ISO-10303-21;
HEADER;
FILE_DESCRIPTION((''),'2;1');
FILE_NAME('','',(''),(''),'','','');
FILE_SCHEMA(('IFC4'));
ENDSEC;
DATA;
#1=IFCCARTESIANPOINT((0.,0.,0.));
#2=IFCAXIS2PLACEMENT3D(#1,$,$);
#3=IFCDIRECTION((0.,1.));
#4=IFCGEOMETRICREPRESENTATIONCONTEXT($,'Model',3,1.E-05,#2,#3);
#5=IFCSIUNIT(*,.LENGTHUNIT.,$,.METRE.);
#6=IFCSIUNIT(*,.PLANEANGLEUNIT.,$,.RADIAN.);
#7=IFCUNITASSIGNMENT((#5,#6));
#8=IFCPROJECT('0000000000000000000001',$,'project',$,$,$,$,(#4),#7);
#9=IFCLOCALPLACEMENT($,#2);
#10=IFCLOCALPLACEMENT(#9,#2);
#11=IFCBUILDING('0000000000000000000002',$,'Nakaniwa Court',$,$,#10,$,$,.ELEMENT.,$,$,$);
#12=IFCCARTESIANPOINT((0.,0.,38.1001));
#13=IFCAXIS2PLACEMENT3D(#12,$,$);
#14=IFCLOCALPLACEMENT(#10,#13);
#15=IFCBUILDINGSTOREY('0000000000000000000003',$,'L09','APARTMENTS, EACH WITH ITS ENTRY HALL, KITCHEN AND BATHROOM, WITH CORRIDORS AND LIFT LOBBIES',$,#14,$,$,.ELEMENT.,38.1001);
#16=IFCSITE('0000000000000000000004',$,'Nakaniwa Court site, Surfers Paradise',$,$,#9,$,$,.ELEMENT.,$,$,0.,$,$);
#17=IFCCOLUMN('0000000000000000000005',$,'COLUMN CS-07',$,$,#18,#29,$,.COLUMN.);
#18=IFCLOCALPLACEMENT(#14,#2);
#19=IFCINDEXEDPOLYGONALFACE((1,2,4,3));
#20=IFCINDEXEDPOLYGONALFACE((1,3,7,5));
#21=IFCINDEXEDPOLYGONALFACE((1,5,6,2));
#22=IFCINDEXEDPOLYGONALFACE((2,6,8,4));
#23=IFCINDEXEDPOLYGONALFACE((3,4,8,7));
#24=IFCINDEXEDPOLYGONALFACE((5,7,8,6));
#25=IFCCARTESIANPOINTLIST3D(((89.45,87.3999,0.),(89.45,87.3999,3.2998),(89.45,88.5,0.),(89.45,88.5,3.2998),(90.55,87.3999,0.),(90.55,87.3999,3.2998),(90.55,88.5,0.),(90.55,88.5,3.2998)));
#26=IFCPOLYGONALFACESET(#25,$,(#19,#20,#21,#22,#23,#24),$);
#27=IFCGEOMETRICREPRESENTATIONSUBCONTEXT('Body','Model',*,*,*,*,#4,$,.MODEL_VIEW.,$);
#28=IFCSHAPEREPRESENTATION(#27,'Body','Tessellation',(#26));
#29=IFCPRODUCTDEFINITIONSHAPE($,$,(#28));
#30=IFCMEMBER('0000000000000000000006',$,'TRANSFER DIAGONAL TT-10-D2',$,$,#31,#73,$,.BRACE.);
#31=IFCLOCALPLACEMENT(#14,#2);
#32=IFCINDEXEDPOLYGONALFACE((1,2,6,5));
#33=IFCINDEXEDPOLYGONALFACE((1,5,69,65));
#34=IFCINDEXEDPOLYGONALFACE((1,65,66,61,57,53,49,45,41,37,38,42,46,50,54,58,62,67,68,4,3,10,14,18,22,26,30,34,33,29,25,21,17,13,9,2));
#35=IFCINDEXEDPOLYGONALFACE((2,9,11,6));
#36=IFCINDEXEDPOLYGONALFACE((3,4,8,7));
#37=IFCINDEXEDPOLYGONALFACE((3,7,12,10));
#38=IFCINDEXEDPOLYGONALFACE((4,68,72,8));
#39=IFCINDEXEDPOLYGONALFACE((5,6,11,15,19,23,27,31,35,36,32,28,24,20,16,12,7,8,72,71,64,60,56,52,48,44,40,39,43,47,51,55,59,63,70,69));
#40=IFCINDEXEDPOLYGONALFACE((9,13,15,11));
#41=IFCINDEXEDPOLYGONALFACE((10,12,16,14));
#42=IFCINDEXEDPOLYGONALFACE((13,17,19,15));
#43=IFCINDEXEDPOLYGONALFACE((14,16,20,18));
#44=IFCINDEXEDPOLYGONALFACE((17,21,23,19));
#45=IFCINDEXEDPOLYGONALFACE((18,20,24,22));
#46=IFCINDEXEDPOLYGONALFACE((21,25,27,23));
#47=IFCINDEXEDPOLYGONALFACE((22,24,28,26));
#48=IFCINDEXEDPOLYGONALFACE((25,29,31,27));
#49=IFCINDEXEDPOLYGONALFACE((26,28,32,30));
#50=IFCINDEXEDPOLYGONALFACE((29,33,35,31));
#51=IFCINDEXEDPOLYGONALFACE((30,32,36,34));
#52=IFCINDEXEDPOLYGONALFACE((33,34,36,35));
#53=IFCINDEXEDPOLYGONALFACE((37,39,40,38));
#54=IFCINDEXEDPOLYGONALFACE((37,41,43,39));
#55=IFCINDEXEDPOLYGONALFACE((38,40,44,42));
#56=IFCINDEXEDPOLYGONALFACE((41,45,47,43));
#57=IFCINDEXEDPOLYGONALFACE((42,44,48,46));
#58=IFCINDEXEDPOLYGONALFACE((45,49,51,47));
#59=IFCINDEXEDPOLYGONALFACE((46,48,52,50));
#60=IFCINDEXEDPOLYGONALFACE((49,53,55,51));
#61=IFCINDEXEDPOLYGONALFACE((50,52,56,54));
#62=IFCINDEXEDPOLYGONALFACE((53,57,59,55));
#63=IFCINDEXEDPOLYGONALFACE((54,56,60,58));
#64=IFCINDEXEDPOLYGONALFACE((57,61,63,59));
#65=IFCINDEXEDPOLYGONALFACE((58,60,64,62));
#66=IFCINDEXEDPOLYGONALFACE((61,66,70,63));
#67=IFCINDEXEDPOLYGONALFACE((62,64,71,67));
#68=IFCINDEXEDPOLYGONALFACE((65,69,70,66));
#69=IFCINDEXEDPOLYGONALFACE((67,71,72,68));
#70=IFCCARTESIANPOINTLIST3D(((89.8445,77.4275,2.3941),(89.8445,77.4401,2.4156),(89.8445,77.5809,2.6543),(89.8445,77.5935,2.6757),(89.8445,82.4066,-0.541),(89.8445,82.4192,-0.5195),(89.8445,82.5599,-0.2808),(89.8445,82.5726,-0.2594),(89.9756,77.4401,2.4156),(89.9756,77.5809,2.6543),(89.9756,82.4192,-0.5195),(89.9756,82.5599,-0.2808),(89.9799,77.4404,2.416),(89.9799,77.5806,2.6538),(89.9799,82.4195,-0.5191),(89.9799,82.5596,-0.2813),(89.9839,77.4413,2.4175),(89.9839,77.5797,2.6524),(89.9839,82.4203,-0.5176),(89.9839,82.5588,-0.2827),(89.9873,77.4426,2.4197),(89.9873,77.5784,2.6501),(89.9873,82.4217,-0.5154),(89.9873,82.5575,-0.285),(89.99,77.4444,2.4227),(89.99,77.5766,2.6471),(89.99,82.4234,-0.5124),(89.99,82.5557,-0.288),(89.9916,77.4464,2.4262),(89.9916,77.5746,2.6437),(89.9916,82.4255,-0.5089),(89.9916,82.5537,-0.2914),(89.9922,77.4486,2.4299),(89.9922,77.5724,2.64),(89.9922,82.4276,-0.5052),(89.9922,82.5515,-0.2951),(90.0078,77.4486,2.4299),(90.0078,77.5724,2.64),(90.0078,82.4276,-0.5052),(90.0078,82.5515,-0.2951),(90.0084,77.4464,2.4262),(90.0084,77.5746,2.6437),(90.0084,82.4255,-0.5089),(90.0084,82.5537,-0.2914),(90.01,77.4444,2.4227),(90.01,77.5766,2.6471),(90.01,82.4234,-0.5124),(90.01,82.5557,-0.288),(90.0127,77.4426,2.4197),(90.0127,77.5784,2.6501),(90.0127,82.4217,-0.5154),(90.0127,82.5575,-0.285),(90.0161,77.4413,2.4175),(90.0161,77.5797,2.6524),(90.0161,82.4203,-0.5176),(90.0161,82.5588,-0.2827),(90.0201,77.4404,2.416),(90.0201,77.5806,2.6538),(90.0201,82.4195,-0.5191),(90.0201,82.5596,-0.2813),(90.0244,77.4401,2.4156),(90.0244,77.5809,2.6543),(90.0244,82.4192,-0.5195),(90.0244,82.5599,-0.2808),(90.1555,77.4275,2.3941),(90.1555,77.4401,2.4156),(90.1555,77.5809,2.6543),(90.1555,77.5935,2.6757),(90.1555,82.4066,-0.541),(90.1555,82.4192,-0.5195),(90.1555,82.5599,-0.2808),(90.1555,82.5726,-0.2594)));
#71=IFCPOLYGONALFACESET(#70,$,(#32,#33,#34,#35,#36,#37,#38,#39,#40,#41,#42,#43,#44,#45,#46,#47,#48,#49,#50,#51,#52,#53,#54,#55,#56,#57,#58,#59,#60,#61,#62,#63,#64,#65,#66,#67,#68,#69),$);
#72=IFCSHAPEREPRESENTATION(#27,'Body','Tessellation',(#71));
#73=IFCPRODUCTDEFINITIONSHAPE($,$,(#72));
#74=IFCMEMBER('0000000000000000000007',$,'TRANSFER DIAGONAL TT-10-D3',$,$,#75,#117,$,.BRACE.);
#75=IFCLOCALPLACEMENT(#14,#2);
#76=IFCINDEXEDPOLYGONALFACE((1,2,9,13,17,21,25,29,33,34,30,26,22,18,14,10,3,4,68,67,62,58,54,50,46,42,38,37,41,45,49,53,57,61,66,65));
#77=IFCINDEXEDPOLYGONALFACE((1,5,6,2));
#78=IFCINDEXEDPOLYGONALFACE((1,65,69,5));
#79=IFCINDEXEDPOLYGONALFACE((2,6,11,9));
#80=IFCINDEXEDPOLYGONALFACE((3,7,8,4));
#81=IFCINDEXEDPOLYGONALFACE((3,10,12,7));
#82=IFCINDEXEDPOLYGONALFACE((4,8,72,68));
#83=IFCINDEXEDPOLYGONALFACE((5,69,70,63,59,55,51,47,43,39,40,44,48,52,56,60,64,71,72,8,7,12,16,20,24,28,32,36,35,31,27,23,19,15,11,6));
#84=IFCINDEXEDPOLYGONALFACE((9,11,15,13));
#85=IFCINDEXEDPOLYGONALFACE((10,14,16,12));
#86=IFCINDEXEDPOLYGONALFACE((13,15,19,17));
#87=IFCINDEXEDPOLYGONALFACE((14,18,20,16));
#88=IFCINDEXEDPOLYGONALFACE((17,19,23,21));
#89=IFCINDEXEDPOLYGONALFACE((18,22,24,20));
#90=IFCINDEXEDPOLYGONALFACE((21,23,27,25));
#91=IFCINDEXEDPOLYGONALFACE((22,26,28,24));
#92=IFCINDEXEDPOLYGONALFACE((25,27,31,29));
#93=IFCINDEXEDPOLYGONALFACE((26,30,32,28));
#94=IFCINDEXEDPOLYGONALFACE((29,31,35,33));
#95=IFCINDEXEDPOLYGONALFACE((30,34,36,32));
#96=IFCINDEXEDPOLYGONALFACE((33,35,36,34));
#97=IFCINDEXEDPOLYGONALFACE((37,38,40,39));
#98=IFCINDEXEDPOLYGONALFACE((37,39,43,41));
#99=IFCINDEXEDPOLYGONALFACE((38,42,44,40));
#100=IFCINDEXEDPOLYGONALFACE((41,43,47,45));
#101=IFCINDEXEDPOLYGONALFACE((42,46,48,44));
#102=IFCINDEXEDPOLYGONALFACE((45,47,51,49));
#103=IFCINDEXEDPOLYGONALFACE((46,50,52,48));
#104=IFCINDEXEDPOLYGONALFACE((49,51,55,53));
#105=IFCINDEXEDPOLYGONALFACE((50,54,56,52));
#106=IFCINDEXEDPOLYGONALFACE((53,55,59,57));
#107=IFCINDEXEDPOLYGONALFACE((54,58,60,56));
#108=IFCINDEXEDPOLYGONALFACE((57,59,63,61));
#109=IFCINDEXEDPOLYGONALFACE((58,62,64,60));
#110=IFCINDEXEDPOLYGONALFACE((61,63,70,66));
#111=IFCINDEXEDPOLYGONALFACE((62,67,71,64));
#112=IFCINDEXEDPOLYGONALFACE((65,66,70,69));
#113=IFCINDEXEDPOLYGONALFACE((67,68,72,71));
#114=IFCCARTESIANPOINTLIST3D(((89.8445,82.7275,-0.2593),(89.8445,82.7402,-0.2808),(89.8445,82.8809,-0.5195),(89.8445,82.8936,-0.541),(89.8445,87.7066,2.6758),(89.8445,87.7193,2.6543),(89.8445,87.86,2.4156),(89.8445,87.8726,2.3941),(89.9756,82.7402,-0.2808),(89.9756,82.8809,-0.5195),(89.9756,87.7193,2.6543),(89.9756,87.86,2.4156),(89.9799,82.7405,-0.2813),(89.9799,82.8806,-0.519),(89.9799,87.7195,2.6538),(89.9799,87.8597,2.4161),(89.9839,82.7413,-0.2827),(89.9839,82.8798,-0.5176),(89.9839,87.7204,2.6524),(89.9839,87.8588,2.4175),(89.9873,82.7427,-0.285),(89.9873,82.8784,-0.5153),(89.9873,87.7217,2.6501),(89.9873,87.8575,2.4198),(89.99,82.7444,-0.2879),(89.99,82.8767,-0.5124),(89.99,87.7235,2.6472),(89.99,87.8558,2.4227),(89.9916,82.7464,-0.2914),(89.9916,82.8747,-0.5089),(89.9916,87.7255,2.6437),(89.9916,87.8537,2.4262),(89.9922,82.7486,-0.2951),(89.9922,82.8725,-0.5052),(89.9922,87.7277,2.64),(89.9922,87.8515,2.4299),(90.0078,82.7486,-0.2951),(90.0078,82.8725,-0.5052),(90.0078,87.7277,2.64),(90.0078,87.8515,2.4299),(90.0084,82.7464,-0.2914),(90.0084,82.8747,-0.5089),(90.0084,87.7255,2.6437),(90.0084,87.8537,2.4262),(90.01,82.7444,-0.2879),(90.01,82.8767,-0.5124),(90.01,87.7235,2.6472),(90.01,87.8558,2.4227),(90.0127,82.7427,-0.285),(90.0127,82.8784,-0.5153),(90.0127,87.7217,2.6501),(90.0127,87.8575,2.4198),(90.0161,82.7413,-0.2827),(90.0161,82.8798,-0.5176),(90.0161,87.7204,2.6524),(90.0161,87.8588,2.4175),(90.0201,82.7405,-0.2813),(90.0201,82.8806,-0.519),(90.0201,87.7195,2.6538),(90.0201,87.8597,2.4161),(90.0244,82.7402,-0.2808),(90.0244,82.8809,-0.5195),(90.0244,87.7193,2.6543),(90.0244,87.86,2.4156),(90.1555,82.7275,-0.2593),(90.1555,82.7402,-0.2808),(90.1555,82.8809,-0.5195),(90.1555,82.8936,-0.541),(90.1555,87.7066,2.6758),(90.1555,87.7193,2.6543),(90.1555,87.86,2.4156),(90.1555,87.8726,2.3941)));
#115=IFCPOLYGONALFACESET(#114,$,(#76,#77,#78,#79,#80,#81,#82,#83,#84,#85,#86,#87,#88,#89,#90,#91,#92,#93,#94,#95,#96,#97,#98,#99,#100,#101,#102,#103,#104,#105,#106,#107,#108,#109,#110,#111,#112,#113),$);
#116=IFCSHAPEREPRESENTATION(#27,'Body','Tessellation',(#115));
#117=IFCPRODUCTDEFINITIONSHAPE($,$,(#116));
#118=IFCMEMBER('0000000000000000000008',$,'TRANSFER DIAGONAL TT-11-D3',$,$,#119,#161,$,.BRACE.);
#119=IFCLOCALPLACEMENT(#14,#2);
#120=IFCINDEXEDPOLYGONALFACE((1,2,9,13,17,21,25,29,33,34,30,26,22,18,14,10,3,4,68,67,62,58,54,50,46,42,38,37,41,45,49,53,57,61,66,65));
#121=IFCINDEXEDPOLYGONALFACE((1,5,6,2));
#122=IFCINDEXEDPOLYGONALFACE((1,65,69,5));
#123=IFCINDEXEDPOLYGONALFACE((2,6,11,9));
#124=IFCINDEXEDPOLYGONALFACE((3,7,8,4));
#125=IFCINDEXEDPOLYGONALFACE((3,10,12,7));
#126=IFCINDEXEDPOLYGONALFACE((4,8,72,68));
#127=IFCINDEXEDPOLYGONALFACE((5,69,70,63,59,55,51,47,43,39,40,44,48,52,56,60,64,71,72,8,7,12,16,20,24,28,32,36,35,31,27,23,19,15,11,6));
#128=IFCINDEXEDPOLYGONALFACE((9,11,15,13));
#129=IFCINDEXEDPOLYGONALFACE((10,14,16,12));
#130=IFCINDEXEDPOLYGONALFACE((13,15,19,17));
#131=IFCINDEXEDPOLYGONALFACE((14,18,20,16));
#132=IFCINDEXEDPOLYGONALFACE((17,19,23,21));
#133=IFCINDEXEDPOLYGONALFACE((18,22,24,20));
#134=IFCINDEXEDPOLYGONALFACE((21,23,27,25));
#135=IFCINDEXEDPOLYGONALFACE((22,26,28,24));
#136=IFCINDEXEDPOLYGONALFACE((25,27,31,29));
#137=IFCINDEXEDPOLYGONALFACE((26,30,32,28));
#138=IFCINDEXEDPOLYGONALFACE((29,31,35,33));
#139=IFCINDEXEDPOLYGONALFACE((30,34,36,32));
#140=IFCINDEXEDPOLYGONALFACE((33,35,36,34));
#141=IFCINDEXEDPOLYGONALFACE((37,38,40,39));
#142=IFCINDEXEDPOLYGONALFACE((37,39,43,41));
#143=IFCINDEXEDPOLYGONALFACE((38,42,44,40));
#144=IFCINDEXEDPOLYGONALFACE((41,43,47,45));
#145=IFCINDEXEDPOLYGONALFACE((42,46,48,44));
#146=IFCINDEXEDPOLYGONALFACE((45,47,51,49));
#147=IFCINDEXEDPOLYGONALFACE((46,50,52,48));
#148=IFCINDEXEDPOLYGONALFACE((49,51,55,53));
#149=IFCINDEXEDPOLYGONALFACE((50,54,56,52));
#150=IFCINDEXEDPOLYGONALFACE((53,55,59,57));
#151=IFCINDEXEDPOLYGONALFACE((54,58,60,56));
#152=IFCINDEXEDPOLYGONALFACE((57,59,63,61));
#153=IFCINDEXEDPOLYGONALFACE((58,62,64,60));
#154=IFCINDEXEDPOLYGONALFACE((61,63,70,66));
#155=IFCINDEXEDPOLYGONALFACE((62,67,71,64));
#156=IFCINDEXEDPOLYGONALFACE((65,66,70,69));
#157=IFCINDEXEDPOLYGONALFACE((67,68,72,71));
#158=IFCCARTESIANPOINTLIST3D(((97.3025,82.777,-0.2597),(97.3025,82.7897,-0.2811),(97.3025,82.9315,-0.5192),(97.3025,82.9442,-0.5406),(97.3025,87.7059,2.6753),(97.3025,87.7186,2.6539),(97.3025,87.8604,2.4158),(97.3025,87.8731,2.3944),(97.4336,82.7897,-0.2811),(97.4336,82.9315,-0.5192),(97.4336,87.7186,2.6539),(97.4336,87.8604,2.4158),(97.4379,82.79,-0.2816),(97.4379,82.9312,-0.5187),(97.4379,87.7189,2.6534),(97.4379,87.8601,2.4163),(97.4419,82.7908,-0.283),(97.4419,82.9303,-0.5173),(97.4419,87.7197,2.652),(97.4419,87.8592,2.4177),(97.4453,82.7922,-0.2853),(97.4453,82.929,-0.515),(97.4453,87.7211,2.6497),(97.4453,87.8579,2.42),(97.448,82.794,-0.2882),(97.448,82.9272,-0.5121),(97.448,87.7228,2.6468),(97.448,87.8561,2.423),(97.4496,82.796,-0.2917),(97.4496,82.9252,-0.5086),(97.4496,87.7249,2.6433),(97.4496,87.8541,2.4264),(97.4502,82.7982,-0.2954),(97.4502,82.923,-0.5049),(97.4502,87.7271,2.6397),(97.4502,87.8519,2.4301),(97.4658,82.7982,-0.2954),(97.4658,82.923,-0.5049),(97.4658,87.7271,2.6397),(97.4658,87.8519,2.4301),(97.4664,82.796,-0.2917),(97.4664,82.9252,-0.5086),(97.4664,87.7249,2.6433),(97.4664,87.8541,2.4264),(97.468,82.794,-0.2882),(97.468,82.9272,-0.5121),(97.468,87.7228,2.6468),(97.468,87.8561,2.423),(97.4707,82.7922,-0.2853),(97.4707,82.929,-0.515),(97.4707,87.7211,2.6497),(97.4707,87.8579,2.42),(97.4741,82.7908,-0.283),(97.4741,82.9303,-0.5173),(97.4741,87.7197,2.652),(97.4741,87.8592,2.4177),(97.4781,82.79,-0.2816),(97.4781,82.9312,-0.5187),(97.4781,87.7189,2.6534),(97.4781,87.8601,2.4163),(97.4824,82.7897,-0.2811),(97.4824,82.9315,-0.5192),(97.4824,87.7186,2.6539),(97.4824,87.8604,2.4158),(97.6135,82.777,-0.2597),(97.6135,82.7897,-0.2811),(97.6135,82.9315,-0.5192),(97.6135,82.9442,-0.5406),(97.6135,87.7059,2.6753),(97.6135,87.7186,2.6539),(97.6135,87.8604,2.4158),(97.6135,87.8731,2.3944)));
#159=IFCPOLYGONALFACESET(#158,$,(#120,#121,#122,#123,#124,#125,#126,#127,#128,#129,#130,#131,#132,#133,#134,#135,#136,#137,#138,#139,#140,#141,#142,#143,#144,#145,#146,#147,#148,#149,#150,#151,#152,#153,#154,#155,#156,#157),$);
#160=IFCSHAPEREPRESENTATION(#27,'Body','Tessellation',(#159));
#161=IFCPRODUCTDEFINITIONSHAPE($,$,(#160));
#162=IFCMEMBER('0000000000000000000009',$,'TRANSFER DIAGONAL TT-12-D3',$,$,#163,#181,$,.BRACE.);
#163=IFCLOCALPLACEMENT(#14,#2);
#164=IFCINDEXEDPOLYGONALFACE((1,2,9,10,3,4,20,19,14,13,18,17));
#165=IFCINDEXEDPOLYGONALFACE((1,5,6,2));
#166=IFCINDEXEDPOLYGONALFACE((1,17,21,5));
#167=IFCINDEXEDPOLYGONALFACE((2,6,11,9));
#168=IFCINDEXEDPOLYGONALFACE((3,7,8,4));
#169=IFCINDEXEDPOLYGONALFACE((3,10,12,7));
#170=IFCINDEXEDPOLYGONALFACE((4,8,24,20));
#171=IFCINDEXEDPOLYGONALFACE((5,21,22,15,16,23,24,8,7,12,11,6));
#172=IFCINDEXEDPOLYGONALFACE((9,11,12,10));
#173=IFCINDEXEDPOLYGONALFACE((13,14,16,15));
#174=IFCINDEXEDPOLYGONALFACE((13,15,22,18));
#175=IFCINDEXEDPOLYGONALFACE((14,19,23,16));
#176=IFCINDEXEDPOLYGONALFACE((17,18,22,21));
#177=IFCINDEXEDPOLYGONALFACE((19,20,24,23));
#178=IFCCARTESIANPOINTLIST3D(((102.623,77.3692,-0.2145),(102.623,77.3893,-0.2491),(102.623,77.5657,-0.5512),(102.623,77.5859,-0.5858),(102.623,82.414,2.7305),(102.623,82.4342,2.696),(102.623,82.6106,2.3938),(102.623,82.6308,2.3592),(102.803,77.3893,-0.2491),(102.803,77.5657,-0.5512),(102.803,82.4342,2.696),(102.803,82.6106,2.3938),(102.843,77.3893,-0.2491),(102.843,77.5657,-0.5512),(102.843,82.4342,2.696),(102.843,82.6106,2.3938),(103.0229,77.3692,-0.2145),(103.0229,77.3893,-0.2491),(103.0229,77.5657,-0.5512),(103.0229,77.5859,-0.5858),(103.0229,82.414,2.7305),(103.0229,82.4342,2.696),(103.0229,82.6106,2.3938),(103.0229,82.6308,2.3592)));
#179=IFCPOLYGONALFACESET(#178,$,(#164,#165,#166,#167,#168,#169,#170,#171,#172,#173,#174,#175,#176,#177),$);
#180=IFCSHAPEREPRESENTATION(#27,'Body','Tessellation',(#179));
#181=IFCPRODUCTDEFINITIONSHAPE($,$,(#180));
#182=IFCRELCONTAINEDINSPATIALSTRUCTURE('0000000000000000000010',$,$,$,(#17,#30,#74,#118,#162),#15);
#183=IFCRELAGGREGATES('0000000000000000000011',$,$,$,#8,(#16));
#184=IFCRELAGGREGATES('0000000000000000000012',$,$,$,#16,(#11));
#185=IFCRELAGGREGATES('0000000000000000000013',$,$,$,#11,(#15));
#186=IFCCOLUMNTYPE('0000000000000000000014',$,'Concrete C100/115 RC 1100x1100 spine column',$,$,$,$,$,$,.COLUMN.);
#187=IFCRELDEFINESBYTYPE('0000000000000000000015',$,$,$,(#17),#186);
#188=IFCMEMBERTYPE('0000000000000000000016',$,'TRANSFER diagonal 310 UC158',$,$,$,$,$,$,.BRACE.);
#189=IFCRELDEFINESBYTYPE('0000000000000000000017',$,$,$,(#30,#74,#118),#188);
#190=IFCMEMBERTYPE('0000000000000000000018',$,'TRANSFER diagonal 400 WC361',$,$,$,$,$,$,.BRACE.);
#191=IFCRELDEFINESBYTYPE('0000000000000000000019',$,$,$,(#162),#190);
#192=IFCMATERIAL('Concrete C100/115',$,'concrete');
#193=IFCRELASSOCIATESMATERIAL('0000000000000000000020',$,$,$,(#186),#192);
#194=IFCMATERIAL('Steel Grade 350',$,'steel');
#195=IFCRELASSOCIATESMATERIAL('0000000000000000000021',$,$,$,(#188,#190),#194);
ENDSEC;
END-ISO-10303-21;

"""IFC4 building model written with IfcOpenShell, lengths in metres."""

from ifc_helpers import new_model, si_unit, direction, frame, origin, origin_2d, place, context, subcontext, project, spatial, rectangle, i_section, extrude, material, material_profile, profile_set, type_object, element, save


model = new_model("IFC4")

# Units and contexts
model_context = context("Model", 3, precision=1e-05, world=origin(), true_north=direction((0.0, 1.0)))
body_context = subcontext(model_context, "Body", "Model", "MODEL_VIEW")
ifc_project = project(units=[si_unit("LENGTHUNIT", "METRE"), si_unit("PLANEANGLEUNIT", "RADIAN")], contexts=[model_context])

# Site, building, storey
site_placement = place(None, origin())
site = spatial("IfcSite", under=ifc_project, at=site_placement, Name="Nakaniwa Court site, Surfers Paradise", CompositionType="ELEMENT", RefElevation=0.0)
building_placement = place(site_placement, origin())
building = spatial("IfcBuilding", under=site, at=building_placement, Name="Nakaniwa Court", CompositionType="ELEMENT")
storey_placement = place(building_placement, frame((0.0, 0.0, 38.1001)))
storey = spatial("IfcBuildingStorey", under=building, at=storey_placement, Name="L09", Description="APARTMENTS, EACH WITH ITS ENTRY HALL, KITCHEN AND BATHROOM, WITH CORRIDORS AND LIFT LOBBIES", CompositionType="ELEMENT", Elevation=38.1001)

# Column
ifc_material_1 = material(Name="Concrete C100/115", Category="concrete")
ifc_material_profile_1 = material_profile(ifc_material_1, rectangle(XDim=1.1001, YDim=1.1001, at=origin_2d()), Name="Concrete C100/115 RC 1100x1100 spine column")
ifc_profile_set_1 = profile_set([ifc_material_profile_1], Name="Concrete C100/115")
column_type = type_object("IfcColumnType", Name="Concrete C100/115 RC 1100x1100 spine column", PredefinedType="COLUMN", material=ifc_profile_set_1)
column_placement = place(storey_placement, frame((90.0, 87.95, 0.0), z_axis=(0.0, 0.0, 1.0), x_axis=(0.0, 1.0, 0.0)))
element("IfcColumn", 1, at=column_placement, inside=storey, type_object=column_type, Name="COLUMN CS-07", PredefinedType="COLUMN", context=body_context, shape_type="SweptSolid", body=[
    extrude(rectangle(XDim=1.1001, YDim=1.1001, at=origin_2d()), origin(), (0.0, 0.0, 1.0), 3.2998),
])

# Members
ifc_material_2 = material(Name="Steel Grade 350", Category="steel")
ifc_material_profile_2 = material_profile(ifc_material_2, i_section(OverallWidth=0.311, OverallDepth=0.3269, WebThickness=0.0156, FlangeThickness=0.0249, FilletRadius=0.0166, at=origin_2d()), Name="310UC158")
ifc_profile_set_2 = profile_set([ifc_material_profile_2], Name="Steel Grade 350")
member_type_1 = type_object("IfcMemberType", Name="TRANSFER diagonal 310 UC158", PredefinedType="BRACE", material=ifc_profile_set_2)
for number, where, z_axis, x_axis, name in (
    (2, (90.0, 77.5105, 2.5349), (0.0, 0.861463, -0.507821), (-1.0, 0.0, 0.0), "TRANSFER DIAGONAL TT-10-D2"),
    (3, (90.0, 82.8105, -0.4001), (0.0, 0.861463, 0.507821), (-1.0, 0.0, 0.0), "TRANSFER DIAGONAL TT-10-D3"),
):
    element("IfcMember", number, at=place(storey_placement, frame(where, z_axis=z_axis, x_axis=x_axis)), inside=storey, type_object=member_type_1, Name=name, PredefinedType="BRACE", context=body_context, shape_type="SweptSolid", body=[
        extrude(i_section(OverallWidth=0.311, OverallDepth=0.3269, WebThickness=0.0156, FlangeThickness=0.0249, FilletRadius=0.0166, at=origin_2d()), origin(), (0.0, 0.0, 1.0), 5.7798),
    ])
member_1_placement = place(storey_placement, frame((97.458, 82.8606, -0.4001), z_axis=(0.0, 0.859204, 0.511633), x_axis=(-1.0, 0.0, 0.0)))
element("IfcMember", 4, at=member_1_placement, inside=storey, type_object=member_type_1, Name="TRANSFER DIAGONAL TT-11-D3", PredefinedType="BRACE", context=body_context, shape_type="SweptSolid", body=[
    extrude(i_section(OverallWidth=0.311, OverallDepth=0.3269, WebThickness=0.0156, FlangeThickness=0.0249, FilletRadius=0.0166, at=origin_2d()), origin(), (0.0, 0.0, 1.0), 5.7366),
])
ifc_material_profile_3 = material_profile(ifc_material_2, i_section(OverallWidth=0.3999, OverallDepth=0.4299, WebThickness=0.04, FlangeThickness=0.04, at=origin_2d()), Name="400WC361")
ifc_profile_set_3 = profile_set([ifc_material_profile_3], Name="Steel Grade 350")
member_type_2 = type_object("IfcMemberType", Name="TRANSFER diagonal 400 WC361", PredefinedType="BRACE", material=ifc_profile_set_3)
member_2_placement = place(storey_placement, frame((102.823, 77.4775, -0.4001), z_axis=(0.0, 0.863615, 0.504152), x_axis=(-1.0, 0.0, 0.0)))
element("IfcMember", 5, at=member_2_placement, inside=storey, type_object=member_type_2, Name="TRANSFER DIAGONAL TT-12-D3", PredefinedType="BRACE", context=body_context, shape_type="SweptSolid", body=[
    extrude(i_section(OverallWidth=0.3999, OverallDepth=0.4299, WebThickness=0.04, FlangeThickness=0.04, at=origin_2d()), origin(), (0.0, 0.0, 1.0), 5.8416),
])

save(model, "model.ifc")
